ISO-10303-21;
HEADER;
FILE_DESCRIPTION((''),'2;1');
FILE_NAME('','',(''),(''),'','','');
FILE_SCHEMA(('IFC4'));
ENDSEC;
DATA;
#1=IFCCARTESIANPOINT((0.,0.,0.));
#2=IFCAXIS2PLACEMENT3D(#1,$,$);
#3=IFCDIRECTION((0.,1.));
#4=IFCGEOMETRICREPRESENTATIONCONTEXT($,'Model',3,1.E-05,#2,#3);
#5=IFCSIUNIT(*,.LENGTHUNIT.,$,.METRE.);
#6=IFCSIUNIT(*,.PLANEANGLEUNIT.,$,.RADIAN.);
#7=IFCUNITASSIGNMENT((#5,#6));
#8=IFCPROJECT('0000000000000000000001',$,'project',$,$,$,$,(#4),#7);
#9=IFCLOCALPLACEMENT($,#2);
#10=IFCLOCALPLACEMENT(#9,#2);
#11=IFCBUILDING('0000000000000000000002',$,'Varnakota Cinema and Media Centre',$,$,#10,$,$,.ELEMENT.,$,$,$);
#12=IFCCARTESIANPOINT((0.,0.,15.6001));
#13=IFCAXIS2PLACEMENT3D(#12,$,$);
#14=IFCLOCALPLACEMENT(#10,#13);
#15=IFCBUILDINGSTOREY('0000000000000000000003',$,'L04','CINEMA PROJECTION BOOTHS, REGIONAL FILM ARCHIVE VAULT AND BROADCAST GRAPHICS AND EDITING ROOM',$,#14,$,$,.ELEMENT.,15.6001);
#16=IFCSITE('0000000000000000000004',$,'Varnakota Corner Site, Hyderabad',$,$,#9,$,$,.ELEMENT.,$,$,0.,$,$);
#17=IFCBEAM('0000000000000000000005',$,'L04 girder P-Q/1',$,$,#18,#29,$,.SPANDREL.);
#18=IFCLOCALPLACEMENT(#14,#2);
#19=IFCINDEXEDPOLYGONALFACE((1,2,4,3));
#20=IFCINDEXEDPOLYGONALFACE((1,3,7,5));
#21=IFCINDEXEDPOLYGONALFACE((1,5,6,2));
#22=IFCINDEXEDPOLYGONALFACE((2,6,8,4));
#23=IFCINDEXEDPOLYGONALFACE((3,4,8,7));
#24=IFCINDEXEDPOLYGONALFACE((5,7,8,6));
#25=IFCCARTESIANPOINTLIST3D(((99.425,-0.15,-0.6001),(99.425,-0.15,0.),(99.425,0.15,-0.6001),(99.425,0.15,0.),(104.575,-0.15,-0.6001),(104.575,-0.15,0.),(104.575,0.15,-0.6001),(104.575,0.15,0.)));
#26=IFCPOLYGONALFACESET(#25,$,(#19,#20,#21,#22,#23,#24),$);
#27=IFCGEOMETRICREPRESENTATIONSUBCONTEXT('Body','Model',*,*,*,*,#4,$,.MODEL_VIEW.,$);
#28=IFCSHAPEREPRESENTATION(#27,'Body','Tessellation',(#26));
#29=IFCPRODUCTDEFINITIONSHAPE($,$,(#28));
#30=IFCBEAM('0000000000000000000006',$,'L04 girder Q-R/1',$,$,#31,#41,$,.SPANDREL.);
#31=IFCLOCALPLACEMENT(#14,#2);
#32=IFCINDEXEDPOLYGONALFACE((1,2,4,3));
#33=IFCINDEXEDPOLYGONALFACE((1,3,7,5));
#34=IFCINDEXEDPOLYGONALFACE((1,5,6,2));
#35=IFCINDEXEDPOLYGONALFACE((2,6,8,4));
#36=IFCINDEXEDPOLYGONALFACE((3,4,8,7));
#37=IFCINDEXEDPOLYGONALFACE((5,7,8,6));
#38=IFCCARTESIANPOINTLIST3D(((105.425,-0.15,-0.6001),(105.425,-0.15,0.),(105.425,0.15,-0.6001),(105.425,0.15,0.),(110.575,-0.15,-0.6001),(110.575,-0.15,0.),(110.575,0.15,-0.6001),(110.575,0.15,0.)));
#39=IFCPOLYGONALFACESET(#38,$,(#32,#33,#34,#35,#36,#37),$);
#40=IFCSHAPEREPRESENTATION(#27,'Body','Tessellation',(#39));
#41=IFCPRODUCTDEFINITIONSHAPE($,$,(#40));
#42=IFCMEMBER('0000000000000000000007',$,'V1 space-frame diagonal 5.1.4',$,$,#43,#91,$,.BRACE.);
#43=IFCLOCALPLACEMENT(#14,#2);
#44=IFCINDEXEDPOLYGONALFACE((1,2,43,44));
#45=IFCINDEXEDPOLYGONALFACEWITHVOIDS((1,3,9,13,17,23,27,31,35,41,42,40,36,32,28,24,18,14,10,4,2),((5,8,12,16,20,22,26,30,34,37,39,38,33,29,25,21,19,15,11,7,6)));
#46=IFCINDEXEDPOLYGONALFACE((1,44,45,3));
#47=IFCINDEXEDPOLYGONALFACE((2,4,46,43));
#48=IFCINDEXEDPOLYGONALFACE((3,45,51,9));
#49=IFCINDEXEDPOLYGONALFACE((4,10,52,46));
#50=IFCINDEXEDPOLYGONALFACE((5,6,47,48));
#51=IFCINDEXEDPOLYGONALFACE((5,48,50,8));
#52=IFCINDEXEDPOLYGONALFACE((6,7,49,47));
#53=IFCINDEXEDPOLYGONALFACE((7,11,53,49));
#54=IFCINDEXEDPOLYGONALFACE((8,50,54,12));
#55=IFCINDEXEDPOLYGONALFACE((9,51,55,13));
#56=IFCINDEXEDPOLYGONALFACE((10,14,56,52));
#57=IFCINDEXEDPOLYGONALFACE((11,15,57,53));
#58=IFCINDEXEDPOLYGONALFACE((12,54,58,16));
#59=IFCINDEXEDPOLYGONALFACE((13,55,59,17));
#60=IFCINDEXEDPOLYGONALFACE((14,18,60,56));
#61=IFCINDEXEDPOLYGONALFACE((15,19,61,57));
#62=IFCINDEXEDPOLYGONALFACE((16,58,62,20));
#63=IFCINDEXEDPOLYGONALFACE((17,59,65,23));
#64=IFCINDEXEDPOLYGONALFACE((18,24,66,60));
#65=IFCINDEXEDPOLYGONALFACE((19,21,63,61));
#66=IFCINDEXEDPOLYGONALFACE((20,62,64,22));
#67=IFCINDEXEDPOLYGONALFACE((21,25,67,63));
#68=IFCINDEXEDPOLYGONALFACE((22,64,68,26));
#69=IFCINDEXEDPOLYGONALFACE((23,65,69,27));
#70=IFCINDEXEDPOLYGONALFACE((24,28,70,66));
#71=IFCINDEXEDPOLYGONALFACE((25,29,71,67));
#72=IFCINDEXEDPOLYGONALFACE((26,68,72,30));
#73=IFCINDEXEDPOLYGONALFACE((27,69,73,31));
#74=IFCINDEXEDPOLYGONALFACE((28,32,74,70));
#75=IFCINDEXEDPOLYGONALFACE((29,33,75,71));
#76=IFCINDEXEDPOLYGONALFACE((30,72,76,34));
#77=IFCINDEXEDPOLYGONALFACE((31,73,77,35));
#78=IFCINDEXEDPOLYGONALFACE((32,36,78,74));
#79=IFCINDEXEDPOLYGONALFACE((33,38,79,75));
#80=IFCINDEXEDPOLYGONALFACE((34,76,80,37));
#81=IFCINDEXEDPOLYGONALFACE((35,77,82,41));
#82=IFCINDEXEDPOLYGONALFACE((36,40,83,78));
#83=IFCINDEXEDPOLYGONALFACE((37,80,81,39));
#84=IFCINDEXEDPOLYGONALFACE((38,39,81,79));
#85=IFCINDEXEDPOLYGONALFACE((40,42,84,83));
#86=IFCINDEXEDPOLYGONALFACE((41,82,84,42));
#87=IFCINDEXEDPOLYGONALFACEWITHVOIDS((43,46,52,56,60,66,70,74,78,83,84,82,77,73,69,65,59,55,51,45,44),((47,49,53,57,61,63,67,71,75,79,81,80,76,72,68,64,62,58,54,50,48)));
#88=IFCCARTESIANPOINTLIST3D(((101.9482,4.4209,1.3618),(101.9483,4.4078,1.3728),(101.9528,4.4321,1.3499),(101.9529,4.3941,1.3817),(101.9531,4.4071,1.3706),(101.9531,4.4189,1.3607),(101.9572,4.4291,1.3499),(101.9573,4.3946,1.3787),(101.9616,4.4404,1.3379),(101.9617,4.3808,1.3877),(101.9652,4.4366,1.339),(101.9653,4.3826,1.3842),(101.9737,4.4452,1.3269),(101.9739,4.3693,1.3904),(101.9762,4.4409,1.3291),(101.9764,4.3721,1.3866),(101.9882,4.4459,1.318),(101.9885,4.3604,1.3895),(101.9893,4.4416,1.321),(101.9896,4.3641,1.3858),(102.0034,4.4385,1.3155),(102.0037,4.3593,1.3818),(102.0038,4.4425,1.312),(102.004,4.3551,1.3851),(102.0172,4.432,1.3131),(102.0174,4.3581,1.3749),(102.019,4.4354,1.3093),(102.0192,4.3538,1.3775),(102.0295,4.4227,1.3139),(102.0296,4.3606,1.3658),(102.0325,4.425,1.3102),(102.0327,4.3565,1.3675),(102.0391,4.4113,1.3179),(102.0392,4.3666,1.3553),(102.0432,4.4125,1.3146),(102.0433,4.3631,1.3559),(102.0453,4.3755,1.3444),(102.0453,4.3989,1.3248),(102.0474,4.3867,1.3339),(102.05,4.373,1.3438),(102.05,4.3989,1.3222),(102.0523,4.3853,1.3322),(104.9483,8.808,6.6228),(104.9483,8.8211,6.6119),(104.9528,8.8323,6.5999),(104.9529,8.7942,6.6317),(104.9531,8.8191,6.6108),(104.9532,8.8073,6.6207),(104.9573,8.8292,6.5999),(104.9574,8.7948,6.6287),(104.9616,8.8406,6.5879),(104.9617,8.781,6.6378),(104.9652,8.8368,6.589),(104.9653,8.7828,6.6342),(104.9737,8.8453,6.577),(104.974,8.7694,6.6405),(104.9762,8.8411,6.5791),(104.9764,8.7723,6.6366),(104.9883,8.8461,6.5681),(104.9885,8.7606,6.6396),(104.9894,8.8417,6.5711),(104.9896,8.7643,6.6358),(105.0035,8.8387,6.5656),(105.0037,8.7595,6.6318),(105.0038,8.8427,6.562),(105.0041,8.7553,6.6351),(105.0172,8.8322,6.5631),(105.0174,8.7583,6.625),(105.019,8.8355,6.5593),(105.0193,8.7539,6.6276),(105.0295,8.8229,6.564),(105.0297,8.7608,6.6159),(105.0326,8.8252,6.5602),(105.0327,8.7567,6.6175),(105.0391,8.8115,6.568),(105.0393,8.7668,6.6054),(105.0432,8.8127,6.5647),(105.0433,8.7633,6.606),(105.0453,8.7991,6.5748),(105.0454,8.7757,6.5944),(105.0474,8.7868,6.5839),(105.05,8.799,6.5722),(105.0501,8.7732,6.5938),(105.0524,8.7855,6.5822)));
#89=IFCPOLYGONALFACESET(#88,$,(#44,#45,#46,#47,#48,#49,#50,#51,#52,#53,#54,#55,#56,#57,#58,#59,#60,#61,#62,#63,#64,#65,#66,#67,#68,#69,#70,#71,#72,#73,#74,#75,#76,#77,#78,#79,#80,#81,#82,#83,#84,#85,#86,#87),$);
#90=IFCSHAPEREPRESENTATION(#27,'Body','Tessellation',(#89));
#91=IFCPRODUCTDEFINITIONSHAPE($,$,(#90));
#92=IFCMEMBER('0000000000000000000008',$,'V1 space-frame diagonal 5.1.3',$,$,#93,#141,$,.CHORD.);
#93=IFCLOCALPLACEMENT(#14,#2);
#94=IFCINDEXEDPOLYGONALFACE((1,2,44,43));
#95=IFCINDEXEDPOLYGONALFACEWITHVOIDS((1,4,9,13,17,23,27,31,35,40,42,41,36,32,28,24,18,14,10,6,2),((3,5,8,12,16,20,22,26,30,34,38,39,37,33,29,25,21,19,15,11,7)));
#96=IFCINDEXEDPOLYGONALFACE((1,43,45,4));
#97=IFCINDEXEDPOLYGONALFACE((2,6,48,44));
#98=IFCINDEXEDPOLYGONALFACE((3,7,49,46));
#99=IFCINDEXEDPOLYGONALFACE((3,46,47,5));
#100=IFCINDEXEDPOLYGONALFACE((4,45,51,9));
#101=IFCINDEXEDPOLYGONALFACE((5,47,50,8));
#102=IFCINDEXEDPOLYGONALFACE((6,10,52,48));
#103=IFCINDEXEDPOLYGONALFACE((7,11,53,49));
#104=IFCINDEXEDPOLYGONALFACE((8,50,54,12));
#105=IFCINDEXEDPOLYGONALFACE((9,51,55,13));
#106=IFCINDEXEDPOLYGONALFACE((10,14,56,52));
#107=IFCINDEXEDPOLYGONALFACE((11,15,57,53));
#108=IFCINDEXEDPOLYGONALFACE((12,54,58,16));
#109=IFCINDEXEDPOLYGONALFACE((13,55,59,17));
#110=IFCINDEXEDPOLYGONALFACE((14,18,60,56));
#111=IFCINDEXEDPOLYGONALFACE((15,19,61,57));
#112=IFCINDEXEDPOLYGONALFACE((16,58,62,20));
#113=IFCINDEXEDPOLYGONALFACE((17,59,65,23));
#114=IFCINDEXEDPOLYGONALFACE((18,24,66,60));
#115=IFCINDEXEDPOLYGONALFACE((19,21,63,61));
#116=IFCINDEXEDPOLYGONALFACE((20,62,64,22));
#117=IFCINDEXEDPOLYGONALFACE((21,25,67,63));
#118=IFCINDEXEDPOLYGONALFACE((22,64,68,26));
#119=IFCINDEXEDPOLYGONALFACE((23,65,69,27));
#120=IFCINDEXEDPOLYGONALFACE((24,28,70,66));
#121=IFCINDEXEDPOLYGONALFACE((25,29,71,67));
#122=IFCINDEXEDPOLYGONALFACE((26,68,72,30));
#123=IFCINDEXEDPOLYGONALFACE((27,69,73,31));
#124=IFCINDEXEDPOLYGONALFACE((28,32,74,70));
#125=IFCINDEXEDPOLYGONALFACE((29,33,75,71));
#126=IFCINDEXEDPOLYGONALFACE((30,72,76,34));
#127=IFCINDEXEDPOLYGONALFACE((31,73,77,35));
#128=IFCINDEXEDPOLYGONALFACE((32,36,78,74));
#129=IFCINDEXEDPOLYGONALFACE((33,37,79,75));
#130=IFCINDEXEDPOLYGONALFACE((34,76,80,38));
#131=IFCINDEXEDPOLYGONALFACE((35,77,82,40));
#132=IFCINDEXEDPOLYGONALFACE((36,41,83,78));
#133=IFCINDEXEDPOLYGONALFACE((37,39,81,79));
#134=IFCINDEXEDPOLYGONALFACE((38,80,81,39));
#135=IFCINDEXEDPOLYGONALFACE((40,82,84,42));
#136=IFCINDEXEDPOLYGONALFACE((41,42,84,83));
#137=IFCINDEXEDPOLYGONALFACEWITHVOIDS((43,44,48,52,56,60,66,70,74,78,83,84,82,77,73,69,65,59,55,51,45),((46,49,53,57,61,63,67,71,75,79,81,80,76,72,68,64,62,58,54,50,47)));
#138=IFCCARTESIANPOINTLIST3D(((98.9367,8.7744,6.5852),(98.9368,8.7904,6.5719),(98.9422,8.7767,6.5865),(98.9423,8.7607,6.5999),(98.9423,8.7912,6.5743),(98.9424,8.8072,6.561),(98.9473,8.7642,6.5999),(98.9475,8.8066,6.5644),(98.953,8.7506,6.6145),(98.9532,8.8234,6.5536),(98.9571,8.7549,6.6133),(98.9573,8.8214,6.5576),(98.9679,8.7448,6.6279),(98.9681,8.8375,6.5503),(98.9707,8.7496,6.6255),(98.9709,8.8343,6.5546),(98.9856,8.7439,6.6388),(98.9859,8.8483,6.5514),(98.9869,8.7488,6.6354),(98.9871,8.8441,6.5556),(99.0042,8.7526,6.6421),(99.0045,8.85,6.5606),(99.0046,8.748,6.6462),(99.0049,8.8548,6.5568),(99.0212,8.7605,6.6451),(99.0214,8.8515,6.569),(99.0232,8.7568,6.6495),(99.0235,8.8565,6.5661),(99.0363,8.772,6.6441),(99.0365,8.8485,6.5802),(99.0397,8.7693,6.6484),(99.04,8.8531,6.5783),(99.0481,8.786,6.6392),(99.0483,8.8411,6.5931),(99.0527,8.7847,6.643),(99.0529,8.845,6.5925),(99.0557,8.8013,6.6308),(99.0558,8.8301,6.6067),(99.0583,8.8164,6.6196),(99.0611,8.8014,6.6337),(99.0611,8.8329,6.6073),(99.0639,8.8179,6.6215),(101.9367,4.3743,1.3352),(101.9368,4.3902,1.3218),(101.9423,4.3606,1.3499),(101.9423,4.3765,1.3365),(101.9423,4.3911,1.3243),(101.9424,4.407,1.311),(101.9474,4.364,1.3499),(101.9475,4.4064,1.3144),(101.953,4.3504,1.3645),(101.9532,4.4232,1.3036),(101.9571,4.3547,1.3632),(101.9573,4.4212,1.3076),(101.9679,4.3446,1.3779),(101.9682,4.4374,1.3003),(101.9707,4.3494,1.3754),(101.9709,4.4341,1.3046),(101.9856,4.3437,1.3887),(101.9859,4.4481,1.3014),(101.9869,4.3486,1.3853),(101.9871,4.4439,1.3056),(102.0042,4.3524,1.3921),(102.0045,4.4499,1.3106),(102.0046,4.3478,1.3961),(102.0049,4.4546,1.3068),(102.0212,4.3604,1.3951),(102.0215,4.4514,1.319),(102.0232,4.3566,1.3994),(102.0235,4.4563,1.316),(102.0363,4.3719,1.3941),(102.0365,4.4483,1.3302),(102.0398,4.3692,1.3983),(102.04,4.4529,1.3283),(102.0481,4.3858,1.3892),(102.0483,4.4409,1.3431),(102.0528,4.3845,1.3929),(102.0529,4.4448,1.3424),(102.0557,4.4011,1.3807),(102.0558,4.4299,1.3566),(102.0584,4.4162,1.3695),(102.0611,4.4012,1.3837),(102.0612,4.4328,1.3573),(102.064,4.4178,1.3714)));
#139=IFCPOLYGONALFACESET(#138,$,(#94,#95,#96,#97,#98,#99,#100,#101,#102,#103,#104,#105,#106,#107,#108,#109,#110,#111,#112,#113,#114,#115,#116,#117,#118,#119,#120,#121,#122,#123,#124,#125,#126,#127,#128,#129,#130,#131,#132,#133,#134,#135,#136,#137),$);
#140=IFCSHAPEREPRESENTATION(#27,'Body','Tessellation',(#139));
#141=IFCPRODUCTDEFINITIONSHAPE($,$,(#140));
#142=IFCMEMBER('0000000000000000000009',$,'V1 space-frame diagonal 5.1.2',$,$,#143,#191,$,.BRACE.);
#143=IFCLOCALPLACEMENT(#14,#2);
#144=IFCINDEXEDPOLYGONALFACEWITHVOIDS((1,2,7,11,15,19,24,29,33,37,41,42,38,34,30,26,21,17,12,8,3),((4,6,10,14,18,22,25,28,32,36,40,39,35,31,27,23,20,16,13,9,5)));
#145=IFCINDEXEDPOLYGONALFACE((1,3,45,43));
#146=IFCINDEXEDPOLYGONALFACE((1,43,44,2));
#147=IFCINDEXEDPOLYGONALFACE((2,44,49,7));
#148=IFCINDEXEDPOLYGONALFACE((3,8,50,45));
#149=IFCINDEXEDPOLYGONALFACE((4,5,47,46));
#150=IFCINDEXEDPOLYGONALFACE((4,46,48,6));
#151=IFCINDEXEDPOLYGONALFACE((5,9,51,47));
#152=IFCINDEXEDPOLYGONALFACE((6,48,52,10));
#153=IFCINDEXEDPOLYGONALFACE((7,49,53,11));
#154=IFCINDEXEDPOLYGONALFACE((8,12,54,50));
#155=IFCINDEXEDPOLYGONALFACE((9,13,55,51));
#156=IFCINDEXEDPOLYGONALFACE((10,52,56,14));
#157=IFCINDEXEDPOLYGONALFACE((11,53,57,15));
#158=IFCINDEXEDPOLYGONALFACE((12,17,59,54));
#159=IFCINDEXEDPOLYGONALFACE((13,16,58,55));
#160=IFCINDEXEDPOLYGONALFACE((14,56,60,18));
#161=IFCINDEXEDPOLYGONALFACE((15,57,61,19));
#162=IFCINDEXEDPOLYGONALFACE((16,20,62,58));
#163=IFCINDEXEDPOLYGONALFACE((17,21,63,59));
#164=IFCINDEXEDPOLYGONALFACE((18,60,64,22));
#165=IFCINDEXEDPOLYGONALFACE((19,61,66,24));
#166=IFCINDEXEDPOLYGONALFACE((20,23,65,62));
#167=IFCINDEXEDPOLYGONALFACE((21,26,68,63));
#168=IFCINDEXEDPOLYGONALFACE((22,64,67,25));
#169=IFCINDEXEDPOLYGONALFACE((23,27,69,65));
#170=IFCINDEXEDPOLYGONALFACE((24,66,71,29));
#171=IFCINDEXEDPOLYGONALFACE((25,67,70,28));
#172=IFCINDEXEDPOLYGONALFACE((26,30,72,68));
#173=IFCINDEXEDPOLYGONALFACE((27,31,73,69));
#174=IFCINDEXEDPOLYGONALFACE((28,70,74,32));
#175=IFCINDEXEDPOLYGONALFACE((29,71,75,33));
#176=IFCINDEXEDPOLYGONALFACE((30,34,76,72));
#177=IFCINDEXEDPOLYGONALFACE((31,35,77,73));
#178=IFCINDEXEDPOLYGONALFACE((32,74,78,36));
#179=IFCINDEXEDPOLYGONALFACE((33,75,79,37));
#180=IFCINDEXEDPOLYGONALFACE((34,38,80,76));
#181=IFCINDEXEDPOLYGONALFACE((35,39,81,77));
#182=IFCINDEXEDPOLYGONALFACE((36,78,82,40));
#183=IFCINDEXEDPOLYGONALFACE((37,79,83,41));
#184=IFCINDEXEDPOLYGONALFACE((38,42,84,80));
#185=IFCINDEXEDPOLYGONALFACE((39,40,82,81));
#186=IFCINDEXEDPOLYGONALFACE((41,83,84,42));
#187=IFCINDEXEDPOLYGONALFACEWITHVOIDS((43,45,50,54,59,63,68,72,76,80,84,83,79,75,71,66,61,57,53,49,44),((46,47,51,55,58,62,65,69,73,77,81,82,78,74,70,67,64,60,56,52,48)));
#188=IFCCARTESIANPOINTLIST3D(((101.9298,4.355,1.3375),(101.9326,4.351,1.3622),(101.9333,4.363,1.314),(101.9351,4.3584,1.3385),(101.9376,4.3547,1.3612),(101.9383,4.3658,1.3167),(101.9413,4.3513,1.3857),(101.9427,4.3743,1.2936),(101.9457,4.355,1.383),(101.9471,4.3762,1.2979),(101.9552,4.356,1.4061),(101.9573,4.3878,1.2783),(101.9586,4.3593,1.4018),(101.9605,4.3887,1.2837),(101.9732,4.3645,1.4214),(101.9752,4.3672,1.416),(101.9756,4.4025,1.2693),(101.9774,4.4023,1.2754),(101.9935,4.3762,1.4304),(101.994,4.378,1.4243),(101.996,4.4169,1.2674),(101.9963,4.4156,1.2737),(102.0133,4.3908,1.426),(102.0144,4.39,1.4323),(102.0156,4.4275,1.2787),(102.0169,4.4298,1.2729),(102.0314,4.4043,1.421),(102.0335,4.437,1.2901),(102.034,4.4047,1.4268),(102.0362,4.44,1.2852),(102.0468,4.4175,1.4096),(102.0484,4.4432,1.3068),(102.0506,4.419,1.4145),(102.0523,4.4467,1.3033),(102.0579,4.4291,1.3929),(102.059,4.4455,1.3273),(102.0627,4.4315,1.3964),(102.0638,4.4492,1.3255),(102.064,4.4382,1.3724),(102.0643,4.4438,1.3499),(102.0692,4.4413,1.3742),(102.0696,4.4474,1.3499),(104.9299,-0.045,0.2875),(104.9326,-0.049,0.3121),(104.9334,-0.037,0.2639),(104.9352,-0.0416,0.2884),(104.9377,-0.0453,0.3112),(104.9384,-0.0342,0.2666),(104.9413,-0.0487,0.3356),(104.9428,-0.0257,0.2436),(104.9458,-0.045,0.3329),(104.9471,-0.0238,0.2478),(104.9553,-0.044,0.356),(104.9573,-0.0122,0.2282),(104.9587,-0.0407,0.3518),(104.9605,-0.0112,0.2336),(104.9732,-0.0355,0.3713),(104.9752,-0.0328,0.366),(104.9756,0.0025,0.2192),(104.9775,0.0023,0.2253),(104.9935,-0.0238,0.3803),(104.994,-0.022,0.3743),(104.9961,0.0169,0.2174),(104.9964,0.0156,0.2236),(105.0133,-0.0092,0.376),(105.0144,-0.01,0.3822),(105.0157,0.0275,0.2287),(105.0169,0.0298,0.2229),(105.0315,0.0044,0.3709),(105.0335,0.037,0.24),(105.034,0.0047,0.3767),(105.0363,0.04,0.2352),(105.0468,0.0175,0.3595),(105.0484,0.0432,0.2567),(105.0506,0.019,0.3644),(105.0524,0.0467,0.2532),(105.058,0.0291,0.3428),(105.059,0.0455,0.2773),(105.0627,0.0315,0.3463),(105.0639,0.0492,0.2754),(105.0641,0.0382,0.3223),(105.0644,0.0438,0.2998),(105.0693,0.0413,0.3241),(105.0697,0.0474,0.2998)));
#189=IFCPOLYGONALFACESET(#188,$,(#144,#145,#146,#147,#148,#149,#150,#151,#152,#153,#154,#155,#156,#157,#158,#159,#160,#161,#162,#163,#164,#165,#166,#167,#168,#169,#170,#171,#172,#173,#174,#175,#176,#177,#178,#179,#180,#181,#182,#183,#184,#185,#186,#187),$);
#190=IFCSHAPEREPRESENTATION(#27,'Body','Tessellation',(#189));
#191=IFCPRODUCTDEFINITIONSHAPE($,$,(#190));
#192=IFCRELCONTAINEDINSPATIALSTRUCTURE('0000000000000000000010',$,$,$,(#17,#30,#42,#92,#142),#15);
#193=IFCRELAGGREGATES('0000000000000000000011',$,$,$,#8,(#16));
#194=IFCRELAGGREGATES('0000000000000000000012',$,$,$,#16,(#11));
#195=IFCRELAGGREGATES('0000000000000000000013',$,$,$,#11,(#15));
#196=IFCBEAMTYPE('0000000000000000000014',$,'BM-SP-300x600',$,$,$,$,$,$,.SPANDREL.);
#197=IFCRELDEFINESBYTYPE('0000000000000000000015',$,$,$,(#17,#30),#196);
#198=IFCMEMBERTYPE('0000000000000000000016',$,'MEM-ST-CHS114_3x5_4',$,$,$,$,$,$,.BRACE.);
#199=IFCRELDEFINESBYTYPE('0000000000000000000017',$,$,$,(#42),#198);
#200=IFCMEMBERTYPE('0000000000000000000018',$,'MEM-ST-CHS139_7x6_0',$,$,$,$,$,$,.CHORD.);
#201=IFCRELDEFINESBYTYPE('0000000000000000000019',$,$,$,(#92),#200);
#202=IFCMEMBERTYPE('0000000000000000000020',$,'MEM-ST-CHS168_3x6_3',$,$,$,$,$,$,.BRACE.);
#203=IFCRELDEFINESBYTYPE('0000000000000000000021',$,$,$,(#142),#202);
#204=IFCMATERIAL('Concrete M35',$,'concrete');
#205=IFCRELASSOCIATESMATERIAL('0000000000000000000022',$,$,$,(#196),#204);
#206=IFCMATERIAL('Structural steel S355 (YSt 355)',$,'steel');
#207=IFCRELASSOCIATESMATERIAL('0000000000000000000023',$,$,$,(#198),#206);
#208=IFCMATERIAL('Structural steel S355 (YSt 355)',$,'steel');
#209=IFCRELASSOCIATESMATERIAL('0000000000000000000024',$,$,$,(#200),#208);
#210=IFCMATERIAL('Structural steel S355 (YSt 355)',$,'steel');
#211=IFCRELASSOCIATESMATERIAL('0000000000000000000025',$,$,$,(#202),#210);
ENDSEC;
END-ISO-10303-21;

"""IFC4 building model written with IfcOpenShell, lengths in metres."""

from ifc_helpers import new_model, si_unit, direction, frame, origin, origin_2d, place, context, subcontext, project, spatial, rectangle, hollow_circle, extrude, material, material_profile, profile_set, type_object, element, save


model = new_model("IFC4")

# Units and contexts
model_context = context("Model", 3, precision=1e-05, world=origin(), true_north=direction((0.0, 1.0)))
body_context = subcontext(model_context, "Body", "Model", "MODEL_VIEW")
ifc_project = project(units=[si_unit("LENGTHUNIT", "METRE"), si_unit("PLANEANGLEUNIT", "RADIAN")], contexts=[model_context])

# Site, building, storey
site_placement = place(None, origin())
site = spatial("IfcSite", under=ifc_project, at=site_placement, Name="Varnakota Corner Site, Hyderabad", CompositionType="ELEMENT", RefElevation=0.0)
building_placement = place(site_placement, origin())
building = spatial("IfcBuilding", under=site, at=building_placement, Name="Varnakota Cinema and Media Centre", CompositionType="ELEMENT")
storey_placement = place(building_placement, frame((0.0, 0.0, 15.6001)))
storey = spatial("IfcBuildingStorey", under=building, at=storey_placement, Name="L04", Description="CINEMA PROJECTION BOOTHS, REGIONAL FILM ARCHIVE VAULT AND BROADCAST GRAPHICS AND EDITING ROOM", CompositionType="ELEMENT", Elevation=15.6001)

# Beams
ifc_material_1 = material(Name="Concrete M35", Category="concrete")
ifc_material_profile_1 = material_profile(ifc_material_1, rectangle(XDim=0.3, YDim=0.6001, at=origin_2d()), Name="RCB 300x600")
ifc_profile_set_1 = profile_set([ifc_material_profile_1], Name="Concrete M35")
beam_type = type_object("IfcBeamType", Name="BM-SP-300x600", PredefinedType="SPANDREL", material=ifc_profile_set_1)
for number, where, z_axis, x_axis, name in (
    (1, (99.425, 0.0, -0.3), (1.0, 0.0, 0.0), (0.0, 1.0, 0.0), "L04 girder P-Q/1"),
    (2, (105.425, 0.0, -0.3), (1.0, 0.0, 0.0), (0.0, 1.0, 0.0), "L04 girder Q-R/1"),
):
    element("IfcBeam", number, at=place(storey_placement, frame(where, z_axis=z_axis, x_axis=x_axis)), inside=storey, type_object=beam_type, Name=name, PredefinedType="SPANDREL", context=body_context, shape_type="SweptSolid", body=[
        extrude(rectangle(XDim=0.3, YDim=0.6001, at=origin_2d()), origin(), (0.0, 0.0, 1.0), 5.1499),
    ])

# Members
ifc_material_2 = material(Name="Structural steel S355 (YSt 355)", Category="steel")
ifc_material_profile_2 = material_profile(ifc_material_2, hollow_circle(Radius=0.0571, WallThickness=0.0054, at=origin_2d()), Name="CHS 114.3x5.4")
ifc_profile_set_2 = profile_set([ifc_material_profile_2], Name="Structural steel S355 (YSt 355)")
member_type_1 = type_object("IfcMemberType", Name="MEM-ST-CHS114_3x5_4", PredefinedType="BRACE", material=ifc_profile_set_2)
member_1_placement = place(storey_placement, frame((102.0, 4.3999, 1.3499), z_axis=(0.401165, 0.588395, 0.702039), x_axis=(-0.826236, 0.563324, 0.0)))
element("IfcMember", 3, at=member_1_placement, inside=storey, type_object=member_type_1, Name="V1 space-frame diagonal 5.1.4", PredefinedType="BRACE", context=body_context, shape_type="SweptSolid", body=[
    extrude(hollow_circle(Radius=0.0571, WallThickness=0.0054, at=origin_2d()), origin(), (0.0, 0.0, 1.0), 7.4783),
])
ifc_material_3 = material(Name="Structural steel S355 (YSt 355)", Category="steel")
ifc_material_profile_3 = material_profile(ifc_material_3, hollow_circle(Radius=0.0698, WallThickness=0.0061, at=origin_2d()), Name="CHS 139.7x6.0")
ifc_profile_set_3 = profile_set([ifc_material_profile_3], Name="Structural steel S355 (YSt 355)")
member_type_2 = type_object("IfcMemberType", Name="MEM-ST-CHS139_7x6_0", PredefinedType="CHORD", material=ifc_profile_set_3)
member_2_placement = place(storey_placement, frame((102.0, 4.3999, 1.3499), z_axis=(-0.401165, 0.588395, 0.702039), x_axis=(-0.826236, -0.563324, 0.0)))
element("IfcMember", 4, at=member_2_placement, inside=storey, type_object=member_type_2, Name="V1 space-frame diagonal 5.1.3", PredefinedType="CHORD", context=body_context, shape_type="SweptSolid", body=[
    extrude(hollow_circle(Radius=0.0698, WallThickness=0.0061, at=origin_2d()), origin(), (0.0, 0.0, 1.0), 7.4783),
])
ifc_material_4 = material(Name="Structural steel S355 (YSt 355)", Category="steel")
ifc_material_profile_4 = material_profile(ifc_material_4, hollow_circle(Radius=0.0842, WallThickness=0.0063, at=origin_2d()), Name="CHS 168.3x6.3")
ifc_profile_set_4 = profile_set([ifc_material_profile_4], Name="Structural steel S355 (YSt 355)")
member_type_3 = type_object("IfcMemberType", Name="MEM-ST-CHS168_3x6_3", PredefinedType="BRACE", material=ifc_profile_set_4)
member_3_placement = place(storey_placement, frame((102.0, 4.3999, 1.3499), z_axis=(0.552703, -0.810613, -0.193455), x_axis=(0.826222, 0.563345, 0.0)))
element("IfcMember", 5, at=member_3_placement, inside=storey, type_object=member_type_3, Name="V1 space-frame diagonal 5.1.2", PredefinedType="BRACE", context=body_context, shape_type="SweptSolid", body=[
    extrude(hollow_circle(Radius=0.0842, WallThickness=0.0063, at=origin_2d()), origin(), (0.0, 0.0, 1.0), 5.428),
])

save(model, "model.ifc")
